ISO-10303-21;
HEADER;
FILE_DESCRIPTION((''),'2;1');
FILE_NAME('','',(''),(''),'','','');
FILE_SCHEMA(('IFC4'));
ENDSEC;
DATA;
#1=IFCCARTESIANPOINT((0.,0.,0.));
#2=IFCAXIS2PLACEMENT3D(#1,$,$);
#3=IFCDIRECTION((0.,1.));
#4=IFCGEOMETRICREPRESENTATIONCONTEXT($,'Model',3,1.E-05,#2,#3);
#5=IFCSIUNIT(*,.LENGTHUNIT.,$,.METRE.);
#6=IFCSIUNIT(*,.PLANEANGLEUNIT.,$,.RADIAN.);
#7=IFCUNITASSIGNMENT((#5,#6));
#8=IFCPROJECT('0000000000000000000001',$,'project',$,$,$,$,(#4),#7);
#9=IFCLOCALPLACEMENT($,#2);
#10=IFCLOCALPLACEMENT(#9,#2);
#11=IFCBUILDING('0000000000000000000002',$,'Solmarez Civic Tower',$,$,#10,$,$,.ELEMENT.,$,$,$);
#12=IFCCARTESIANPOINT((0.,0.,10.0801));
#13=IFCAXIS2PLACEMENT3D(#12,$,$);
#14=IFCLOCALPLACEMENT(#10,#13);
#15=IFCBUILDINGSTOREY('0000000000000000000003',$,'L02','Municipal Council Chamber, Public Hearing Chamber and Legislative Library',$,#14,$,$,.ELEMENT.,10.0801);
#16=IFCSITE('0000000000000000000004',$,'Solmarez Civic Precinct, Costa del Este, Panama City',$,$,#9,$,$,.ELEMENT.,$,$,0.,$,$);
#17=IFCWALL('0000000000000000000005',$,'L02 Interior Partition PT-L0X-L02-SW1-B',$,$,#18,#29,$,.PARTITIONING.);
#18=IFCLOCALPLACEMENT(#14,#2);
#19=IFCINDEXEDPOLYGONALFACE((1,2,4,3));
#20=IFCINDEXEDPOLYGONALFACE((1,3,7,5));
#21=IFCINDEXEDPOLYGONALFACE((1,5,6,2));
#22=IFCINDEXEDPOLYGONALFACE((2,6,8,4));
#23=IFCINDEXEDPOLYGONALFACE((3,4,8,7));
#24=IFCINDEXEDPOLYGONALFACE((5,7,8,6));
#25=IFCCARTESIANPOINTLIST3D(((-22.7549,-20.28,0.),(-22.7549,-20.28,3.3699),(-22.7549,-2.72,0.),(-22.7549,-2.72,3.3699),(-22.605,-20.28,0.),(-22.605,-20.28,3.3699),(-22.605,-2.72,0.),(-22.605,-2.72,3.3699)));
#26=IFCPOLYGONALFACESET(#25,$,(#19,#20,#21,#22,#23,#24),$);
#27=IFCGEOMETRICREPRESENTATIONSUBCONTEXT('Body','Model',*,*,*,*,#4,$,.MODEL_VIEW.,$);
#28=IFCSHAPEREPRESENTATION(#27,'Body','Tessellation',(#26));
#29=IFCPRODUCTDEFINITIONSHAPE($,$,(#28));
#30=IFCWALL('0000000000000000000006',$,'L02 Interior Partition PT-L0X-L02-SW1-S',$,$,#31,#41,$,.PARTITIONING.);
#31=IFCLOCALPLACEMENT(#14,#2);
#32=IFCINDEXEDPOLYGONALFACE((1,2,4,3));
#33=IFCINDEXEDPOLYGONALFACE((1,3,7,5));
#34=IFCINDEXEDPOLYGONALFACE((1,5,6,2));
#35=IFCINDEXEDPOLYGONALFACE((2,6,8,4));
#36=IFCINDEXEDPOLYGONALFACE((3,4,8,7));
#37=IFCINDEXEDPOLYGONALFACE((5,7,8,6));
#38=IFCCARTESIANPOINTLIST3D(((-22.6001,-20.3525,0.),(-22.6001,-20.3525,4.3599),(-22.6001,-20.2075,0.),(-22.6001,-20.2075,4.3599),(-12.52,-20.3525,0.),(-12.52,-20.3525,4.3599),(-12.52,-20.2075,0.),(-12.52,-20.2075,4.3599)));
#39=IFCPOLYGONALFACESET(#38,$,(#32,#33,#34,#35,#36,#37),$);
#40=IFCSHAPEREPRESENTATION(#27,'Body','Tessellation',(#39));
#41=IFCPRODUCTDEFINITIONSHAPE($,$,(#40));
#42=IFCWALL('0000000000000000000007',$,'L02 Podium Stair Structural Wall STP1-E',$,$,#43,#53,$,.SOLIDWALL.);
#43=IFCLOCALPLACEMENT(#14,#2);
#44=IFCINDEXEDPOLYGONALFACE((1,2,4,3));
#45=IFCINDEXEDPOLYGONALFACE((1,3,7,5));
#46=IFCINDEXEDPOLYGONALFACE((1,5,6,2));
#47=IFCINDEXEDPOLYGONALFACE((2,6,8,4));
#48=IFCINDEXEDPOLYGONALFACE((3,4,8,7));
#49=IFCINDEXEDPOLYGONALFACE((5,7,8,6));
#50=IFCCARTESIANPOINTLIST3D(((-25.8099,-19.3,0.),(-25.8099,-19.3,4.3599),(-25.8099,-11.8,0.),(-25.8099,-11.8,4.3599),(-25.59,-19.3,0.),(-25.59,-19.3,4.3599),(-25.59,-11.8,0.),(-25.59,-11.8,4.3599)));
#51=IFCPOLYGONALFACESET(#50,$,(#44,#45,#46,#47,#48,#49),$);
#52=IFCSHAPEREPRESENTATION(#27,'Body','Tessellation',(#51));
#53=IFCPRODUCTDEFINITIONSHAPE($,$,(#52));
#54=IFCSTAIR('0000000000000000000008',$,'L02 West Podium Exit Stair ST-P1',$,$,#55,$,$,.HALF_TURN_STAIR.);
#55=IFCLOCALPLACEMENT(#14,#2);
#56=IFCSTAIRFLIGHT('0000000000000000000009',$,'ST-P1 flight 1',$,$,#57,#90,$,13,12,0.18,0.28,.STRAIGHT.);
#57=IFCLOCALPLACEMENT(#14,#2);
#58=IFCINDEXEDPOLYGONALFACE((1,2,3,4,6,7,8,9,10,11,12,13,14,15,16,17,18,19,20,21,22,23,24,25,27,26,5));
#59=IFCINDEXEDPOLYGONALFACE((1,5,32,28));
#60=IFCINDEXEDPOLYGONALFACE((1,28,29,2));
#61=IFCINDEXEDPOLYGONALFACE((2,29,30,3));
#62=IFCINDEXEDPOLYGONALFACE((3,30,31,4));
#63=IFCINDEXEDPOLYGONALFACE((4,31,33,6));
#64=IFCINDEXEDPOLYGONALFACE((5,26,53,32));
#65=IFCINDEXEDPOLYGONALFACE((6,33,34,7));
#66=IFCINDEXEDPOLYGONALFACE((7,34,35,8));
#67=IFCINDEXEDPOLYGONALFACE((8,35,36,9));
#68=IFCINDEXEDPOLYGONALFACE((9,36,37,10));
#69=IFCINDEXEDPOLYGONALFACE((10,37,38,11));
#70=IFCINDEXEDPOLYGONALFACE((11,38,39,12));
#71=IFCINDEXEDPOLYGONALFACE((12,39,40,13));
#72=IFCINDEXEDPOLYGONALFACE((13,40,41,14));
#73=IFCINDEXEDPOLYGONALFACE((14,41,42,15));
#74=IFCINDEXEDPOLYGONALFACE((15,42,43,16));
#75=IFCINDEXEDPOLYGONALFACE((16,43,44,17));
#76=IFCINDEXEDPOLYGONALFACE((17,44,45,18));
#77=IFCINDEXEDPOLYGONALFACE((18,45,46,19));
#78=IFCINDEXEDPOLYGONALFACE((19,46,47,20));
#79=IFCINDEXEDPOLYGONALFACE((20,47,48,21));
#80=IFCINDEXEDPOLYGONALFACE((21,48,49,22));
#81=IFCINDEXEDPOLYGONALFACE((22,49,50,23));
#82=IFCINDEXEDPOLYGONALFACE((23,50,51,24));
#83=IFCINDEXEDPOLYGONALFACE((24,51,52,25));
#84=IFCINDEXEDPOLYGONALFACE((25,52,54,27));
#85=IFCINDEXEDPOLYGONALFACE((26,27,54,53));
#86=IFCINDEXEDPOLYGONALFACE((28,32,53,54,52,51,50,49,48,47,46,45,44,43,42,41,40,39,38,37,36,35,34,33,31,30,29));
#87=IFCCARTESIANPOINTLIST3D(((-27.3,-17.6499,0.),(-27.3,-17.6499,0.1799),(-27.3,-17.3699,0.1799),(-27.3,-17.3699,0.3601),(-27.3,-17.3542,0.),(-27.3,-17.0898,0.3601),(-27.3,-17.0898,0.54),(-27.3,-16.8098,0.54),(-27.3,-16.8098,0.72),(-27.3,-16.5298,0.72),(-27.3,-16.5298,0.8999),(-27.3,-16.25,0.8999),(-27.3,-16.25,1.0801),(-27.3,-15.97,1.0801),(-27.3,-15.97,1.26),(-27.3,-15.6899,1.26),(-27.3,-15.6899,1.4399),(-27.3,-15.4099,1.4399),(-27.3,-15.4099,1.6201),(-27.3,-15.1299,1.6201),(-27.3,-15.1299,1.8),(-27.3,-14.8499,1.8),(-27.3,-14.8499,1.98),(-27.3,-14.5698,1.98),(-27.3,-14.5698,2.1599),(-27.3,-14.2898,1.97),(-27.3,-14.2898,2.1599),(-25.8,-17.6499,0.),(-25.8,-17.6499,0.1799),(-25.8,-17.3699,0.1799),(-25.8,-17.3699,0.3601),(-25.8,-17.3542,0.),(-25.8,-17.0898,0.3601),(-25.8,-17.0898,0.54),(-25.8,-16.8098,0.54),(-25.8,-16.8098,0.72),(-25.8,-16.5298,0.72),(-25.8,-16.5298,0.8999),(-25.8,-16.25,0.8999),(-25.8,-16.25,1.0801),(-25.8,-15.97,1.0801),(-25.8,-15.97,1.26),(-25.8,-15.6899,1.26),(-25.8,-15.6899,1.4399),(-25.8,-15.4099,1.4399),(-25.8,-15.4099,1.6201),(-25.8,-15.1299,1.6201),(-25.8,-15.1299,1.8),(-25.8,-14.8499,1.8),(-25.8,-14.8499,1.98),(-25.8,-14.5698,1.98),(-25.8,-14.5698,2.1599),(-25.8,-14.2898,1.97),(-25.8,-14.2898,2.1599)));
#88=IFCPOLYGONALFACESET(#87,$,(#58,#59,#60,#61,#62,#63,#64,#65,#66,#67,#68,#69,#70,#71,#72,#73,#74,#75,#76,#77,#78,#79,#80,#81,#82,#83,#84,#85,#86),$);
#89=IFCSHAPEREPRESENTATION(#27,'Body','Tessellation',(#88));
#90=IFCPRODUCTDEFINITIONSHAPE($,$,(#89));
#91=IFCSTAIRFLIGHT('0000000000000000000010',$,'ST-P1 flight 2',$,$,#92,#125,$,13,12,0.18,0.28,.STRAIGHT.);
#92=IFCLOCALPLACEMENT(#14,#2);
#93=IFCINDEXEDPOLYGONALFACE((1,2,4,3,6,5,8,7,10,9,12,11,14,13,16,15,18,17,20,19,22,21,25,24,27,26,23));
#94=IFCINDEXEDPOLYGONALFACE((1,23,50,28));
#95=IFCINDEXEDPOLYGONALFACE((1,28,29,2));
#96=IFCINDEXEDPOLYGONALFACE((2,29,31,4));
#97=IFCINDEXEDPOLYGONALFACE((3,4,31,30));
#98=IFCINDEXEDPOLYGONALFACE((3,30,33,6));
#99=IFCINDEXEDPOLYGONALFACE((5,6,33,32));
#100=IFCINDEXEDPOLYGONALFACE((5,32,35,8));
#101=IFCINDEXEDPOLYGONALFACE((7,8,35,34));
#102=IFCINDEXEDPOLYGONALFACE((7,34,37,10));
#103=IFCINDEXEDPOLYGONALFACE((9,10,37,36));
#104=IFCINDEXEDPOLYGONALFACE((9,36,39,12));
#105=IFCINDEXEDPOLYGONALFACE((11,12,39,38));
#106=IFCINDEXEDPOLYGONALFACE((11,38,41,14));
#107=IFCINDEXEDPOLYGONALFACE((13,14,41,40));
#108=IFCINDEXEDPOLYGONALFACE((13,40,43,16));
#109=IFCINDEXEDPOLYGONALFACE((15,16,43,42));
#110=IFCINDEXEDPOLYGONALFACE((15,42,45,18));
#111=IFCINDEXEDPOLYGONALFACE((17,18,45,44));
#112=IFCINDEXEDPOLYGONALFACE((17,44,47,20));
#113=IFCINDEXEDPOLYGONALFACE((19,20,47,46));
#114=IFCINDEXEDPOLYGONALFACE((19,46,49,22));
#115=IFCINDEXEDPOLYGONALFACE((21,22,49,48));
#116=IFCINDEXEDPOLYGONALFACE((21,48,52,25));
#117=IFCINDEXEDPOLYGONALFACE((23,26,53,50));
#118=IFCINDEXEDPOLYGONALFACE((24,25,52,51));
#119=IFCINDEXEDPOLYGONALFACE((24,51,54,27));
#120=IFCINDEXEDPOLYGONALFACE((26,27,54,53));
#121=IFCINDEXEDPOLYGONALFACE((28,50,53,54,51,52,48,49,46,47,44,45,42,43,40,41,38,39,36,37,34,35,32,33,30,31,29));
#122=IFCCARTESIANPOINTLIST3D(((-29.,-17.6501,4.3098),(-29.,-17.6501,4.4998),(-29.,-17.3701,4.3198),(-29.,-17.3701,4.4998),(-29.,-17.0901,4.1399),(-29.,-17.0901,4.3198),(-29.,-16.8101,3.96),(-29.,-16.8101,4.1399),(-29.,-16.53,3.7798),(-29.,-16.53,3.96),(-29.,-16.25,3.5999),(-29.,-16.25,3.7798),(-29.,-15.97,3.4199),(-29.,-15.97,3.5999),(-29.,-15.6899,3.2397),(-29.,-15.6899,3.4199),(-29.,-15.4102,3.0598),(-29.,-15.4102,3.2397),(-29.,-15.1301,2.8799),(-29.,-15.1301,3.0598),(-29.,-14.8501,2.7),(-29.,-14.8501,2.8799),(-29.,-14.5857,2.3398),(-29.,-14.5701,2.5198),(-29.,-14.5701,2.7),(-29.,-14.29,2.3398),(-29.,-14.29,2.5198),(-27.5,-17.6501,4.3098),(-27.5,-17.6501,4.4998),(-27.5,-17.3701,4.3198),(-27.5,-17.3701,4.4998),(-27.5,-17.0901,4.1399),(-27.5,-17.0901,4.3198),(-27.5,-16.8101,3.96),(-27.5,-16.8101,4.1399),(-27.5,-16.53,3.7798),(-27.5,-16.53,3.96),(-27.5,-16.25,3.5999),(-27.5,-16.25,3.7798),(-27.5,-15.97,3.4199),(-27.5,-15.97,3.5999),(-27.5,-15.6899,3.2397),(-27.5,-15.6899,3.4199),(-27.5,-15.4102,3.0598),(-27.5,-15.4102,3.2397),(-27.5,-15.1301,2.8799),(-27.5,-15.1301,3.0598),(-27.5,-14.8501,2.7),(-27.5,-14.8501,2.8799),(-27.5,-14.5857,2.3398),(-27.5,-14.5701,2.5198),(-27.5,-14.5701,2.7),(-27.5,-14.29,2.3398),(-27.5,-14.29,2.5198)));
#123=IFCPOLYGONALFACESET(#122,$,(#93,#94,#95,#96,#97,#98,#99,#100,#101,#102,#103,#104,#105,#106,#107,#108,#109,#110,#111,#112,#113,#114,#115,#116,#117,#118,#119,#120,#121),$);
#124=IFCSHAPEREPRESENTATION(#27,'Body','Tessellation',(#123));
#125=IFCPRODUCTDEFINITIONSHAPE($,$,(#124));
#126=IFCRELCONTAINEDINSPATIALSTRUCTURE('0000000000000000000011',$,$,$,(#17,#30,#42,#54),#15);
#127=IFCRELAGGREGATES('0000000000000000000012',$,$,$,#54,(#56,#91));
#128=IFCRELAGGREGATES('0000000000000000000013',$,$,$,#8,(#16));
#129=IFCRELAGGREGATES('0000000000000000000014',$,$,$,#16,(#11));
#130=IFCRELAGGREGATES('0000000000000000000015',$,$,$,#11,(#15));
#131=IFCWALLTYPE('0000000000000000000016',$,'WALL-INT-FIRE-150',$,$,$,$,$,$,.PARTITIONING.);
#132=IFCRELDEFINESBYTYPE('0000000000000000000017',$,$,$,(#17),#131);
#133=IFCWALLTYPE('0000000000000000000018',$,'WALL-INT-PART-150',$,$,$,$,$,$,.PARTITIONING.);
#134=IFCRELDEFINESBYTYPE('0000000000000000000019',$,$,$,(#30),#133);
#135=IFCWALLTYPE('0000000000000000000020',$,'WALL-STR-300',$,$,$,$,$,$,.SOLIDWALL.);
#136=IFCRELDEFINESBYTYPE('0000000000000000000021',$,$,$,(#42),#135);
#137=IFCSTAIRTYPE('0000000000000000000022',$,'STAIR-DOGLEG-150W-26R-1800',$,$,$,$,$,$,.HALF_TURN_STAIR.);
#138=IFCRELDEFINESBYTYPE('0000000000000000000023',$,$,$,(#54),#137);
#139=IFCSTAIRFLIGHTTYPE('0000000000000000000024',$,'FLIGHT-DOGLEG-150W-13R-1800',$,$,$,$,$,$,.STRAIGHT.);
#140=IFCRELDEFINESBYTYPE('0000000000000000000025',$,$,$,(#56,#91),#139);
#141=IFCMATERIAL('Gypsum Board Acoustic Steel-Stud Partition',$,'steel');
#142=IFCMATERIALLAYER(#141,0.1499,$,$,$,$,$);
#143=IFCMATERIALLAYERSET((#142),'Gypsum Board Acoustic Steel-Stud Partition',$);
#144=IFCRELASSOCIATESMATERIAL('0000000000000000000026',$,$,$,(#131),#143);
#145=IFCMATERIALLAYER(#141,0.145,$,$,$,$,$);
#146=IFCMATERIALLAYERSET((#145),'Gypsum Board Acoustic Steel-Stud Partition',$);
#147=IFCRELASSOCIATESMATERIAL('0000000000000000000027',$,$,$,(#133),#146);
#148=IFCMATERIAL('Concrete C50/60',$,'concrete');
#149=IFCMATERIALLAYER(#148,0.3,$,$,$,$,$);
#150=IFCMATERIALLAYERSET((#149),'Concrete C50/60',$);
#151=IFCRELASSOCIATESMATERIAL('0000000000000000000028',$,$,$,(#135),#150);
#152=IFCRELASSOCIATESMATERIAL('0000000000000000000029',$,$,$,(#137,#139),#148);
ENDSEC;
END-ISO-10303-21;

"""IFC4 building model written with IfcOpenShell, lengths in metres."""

from ifc_helpers import new_model, si_unit, direction, frame, frame_2d, origin, place, context, subcontext, project, spatial, polyline, rectangle, outline, extrude, material, layer, layer_set, type_object, element, aggregate, save


model = new_model("IFC4")

# Units and contexts
model_context = context("Model", 3, precision=1e-05, world=origin(), true_north=direction((0.0, 1.0)))
body_context = subcontext(model_context, "Body", "Model", "MODEL_VIEW")
ifc_project = project(units=[si_unit("LENGTHUNIT", "METRE"), si_unit("PLANEANGLEUNIT", "RADIAN")], contexts=[model_context])

# Site, building, storey
site_placement = place(None, origin())
site = spatial("IfcSite", under=ifc_project, at=site_placement, Name="Solmarez Civic Precinct, Costa del Este, Panama City", CompositionType="ELEMENT", RefElevation=0.0)
building_placement = place(site_placement, origin())
building = spatial("IfcBuilding", under=site, at=building_placement, Name="Solmarez Civic Tower", CompositionType="ELEMENT")
storey_placement = place(building_placement, frame((0.0, 0.0, 10.0801)))
storey = spatial("IfcBuildingStorey", under=building, at=storey_placement, Name="L02", Description="Municipal Council Chamber, Public Hearing Chamber and Legislative Library", CompositionType="ELEMENT", Elevation=10.0801)

# Walls
ifc_material_1 = material(Name="Gypsum Board Acoustic Steel-Stud Partition", Category="steel")
ifc_layer_1 = layer(ifc_material_1, 0.1499)
ifc_layer_set_1 = layer_set([ifc_layer_1], Name="Gypsum Board Acoustic Steel-Stud Partition")
wall_type_1 = type_object("IfcWallType", Name="WALL-INT-FIRE-150", PredefinedType="PARTITIONING", material=ifc_layer_set_1)
wall_1_placement = place(storey_placement, frame((-22.6799, -20.28, 0.0), z_axis=(0.0, 0.0, 1.0), x_axis=(0.0, 1.0, 0.0)))
element("IfcWall", 1, at=wall_1_placement, inside=storey, type_object=wall_type_1, Name="L02 Interior Partition PT-L0X-L02-SW1-B", PredefinedType="PARTITIONING", context=body_context, shape_type="SweptSolid", body=[
    extrude(rectangle(XDim=17.5601, YDim=0.1499, at=frame_2d((8.78, 0.0))), origin(), (0.0, 0.0, 1.0), 3.3699),
])
ifc_layer_2 = layer(ifc_material_1, 0.145)
ifc_layer_set_2 = layer_set([ifc_layer_2], Name="Gypsum Board Acoustic Steel-Stud Partition")
wall_type_2 = type_object("IfcWallType", Name="WALL-INT-PART-150", PredefinedType="PARTITIONING", material=ifc_layer_set_2)
wall_2_placement = place(storey_placement, frame((-22.6001, -20.28, 0.0), z_axis=(0.0, 0.0, 1.0), x_axis=(1.0, 0.0, 0.0)))
element("IfcWall", 2, at=wall_2_placement, inside=storey, type_object=wall_type_2, Name="L02 Interior Partition PT-L0X-L02-SW1-S", PredefinedType="PARTITIONING", context=body_context, shape_type="SweptSolid", body=[
    extrude(rectangle(XDim=10.0801, YDim=0.145, at=frame_2d((5.04, 0.0))), origin(), (0.0, 0.0, 1.0), 4.3599),
])
ifc_material_2 = material(Name="Concrete C50/60", Category="concrete")
ifc_layer_3 = layer(ifc_material_2, 0.3)
ifc_layer_set_3 = layer_set([ifc_layer_3], Name="Concrete C50/60")
wall_type_3 = type_object("IfcWallType", Name="WALL-STR-300", PredefinedType="SOLIDWALL", material=ifc_layer_set_3)
wall_3_placement = place(storey_placement, frame((-25.7, -19.3, 0.0), z_axis=(0.0, 0.0, 1.0), x_axis=(0.0, 1.0, 0.0)))
element("IfcWall", 3, at=wall_3_placement, inside=storey, type_object=wall_type_3, Name="L02 Podium Stair Structural Wall STP1-E", PredefinedType="SOLIDWALL", context=body_context, shape_type="SweptSolid", body=[
    extrude(rectangle(XDim=7.5, YDim=0.22, at=frame_2d((3.75, 0.0))), origin(), (0.0, 0.0, 1.0), 4.3599),
])

# Stair, stair flights
stair_type = type_object("IfcStairType", Name="STAIR-DOGLEG-150W-26R-1800", PredefinedType="HALF_TURN_STAIR", material=ifc_material_2)
stair_placement = place(storey_placement, origin())
stair = element("IfcStair", 4, at=stair_placement, inside=storey, type_object=stair_type, Name="L02 West Podium Exit Stair ST-P1", PredefinedType="HALF_TURN_STAIR")
stair_flight_type = type_object("IfcStairFlightType", Name="FLIGHT-DOGLEG-150W-13R-1800", PredefinedType="STRAIGHT", material=ifc_material_2)
stair_flight_1_placement = place(storey_placement, frame((-26.55, -17.6499, 0.0), z_axis=(0.0, 0.0, 1.0), x_axis=(0.0, 1.0, 0.0)))
stair_flight_1 = element("IfcStairFlight", 5, at=stair_flight_1_placement, type_object=stair_flight_type, Name="ST-P1 flight 1", NumberOfRisers=13, NumberOfTreads=12, PredefinedType="STRAIGHT", RiserHeight=0.18, TreadLength=0.28, context=body_context, shape_type="SweptSolid", body=[
    extrude(outline(polyline([(0.0, 0.0), (0.0, 0.1799), (0.28, 0.1799), (0.28, 0.3601), (0.5601, 0.3601), (0.5601, 0.54), (0.8401, 0.54), (0.8401, 0.72), (1.1201, 0.72), (1.1201, 0.8999), (1.3999, 0.8999), (1.3999, 1.0801), (1.6799, 1.0801), (1.6799, 1.26), (1.96, 1.26), (1.96, 1.4399), (2.24, 1.4399), (2.24, 1.6201), (2.52, 1.6201), (2.52, 1.8), (2.8, 1.8), (2.8, 1.98), (3.0801, 1.98), (3.0801, 2.1599), (3.3601, 2.1599), (3.3601, 2.3401), (3.3601, 1.97), (0.2957, 0.0), (0.0, 0.0)])), frame((0.0, 0.75, 0.0), z_axis=(0.0, -1.0, 0.0), x_axis=(1.0, 0.0, 0.0)), (0.0, 0.0, 1.0), 1.5),
])
stair_flight_2_placement = place(storey_placement, frame((-28.25, -14.29, 2.3398), z_axis=(0.0, 0.0, 1.0), x_axis=(0.0, -1.0, 0.0)))
stair_flight_2 = element("IfcStairFlight", 6, at=stair_flight_2_placement, type_object=stair_flight_type, Name="ST-P1 flight 2", NumberOfRisers=13, NumberOfTreads=12, PredefinedType="STRAIGHT", RiserHeight=0.18, TreadLength=0.28, context=body_context, shape_type="SweptSolid", body=[
    extrude(outline(polyline([(0.0, 0.0), (0.0, 0.1799), (0.28, 0.1799), (0.28, 0.3601), (0.5601, 0.3601), (0.5601, 0.54), (0.8401, 0.54), (0.8401, 0.72), (1.1201, 0.72), (1.1201, 0.8999), (1.3999, 0.8999), (1.3999, 1.0801), (1.6799, 1.0801), (1.6799, 1.26), (1.96, 1.26), (1.96, 1.4399), (2.24, 1.4399), (2.24, 1.6201), (2.52, 1.6201), (2.52, 1.8), (2.8, 1.8), (2.8, 1.98), (3.0801, 1.98), (3.0801, 2.1599), (3.3601, 2.1599), (3.3601, 2.3401), (3.3601, 1.97), (0.2957, 0.0), (0.0, 0.0)])), frame((0.0, 0.75, 0.0), z_axis=(0.0, -1.0, 0.0), x_axis=(1.0, 0.0, 0.0)), (0.0, 0.0, 1.0), 1.5),
])
aggregate(stair, [stair_flight_1, stair_flight_2])

save(model, "model.ifc")
